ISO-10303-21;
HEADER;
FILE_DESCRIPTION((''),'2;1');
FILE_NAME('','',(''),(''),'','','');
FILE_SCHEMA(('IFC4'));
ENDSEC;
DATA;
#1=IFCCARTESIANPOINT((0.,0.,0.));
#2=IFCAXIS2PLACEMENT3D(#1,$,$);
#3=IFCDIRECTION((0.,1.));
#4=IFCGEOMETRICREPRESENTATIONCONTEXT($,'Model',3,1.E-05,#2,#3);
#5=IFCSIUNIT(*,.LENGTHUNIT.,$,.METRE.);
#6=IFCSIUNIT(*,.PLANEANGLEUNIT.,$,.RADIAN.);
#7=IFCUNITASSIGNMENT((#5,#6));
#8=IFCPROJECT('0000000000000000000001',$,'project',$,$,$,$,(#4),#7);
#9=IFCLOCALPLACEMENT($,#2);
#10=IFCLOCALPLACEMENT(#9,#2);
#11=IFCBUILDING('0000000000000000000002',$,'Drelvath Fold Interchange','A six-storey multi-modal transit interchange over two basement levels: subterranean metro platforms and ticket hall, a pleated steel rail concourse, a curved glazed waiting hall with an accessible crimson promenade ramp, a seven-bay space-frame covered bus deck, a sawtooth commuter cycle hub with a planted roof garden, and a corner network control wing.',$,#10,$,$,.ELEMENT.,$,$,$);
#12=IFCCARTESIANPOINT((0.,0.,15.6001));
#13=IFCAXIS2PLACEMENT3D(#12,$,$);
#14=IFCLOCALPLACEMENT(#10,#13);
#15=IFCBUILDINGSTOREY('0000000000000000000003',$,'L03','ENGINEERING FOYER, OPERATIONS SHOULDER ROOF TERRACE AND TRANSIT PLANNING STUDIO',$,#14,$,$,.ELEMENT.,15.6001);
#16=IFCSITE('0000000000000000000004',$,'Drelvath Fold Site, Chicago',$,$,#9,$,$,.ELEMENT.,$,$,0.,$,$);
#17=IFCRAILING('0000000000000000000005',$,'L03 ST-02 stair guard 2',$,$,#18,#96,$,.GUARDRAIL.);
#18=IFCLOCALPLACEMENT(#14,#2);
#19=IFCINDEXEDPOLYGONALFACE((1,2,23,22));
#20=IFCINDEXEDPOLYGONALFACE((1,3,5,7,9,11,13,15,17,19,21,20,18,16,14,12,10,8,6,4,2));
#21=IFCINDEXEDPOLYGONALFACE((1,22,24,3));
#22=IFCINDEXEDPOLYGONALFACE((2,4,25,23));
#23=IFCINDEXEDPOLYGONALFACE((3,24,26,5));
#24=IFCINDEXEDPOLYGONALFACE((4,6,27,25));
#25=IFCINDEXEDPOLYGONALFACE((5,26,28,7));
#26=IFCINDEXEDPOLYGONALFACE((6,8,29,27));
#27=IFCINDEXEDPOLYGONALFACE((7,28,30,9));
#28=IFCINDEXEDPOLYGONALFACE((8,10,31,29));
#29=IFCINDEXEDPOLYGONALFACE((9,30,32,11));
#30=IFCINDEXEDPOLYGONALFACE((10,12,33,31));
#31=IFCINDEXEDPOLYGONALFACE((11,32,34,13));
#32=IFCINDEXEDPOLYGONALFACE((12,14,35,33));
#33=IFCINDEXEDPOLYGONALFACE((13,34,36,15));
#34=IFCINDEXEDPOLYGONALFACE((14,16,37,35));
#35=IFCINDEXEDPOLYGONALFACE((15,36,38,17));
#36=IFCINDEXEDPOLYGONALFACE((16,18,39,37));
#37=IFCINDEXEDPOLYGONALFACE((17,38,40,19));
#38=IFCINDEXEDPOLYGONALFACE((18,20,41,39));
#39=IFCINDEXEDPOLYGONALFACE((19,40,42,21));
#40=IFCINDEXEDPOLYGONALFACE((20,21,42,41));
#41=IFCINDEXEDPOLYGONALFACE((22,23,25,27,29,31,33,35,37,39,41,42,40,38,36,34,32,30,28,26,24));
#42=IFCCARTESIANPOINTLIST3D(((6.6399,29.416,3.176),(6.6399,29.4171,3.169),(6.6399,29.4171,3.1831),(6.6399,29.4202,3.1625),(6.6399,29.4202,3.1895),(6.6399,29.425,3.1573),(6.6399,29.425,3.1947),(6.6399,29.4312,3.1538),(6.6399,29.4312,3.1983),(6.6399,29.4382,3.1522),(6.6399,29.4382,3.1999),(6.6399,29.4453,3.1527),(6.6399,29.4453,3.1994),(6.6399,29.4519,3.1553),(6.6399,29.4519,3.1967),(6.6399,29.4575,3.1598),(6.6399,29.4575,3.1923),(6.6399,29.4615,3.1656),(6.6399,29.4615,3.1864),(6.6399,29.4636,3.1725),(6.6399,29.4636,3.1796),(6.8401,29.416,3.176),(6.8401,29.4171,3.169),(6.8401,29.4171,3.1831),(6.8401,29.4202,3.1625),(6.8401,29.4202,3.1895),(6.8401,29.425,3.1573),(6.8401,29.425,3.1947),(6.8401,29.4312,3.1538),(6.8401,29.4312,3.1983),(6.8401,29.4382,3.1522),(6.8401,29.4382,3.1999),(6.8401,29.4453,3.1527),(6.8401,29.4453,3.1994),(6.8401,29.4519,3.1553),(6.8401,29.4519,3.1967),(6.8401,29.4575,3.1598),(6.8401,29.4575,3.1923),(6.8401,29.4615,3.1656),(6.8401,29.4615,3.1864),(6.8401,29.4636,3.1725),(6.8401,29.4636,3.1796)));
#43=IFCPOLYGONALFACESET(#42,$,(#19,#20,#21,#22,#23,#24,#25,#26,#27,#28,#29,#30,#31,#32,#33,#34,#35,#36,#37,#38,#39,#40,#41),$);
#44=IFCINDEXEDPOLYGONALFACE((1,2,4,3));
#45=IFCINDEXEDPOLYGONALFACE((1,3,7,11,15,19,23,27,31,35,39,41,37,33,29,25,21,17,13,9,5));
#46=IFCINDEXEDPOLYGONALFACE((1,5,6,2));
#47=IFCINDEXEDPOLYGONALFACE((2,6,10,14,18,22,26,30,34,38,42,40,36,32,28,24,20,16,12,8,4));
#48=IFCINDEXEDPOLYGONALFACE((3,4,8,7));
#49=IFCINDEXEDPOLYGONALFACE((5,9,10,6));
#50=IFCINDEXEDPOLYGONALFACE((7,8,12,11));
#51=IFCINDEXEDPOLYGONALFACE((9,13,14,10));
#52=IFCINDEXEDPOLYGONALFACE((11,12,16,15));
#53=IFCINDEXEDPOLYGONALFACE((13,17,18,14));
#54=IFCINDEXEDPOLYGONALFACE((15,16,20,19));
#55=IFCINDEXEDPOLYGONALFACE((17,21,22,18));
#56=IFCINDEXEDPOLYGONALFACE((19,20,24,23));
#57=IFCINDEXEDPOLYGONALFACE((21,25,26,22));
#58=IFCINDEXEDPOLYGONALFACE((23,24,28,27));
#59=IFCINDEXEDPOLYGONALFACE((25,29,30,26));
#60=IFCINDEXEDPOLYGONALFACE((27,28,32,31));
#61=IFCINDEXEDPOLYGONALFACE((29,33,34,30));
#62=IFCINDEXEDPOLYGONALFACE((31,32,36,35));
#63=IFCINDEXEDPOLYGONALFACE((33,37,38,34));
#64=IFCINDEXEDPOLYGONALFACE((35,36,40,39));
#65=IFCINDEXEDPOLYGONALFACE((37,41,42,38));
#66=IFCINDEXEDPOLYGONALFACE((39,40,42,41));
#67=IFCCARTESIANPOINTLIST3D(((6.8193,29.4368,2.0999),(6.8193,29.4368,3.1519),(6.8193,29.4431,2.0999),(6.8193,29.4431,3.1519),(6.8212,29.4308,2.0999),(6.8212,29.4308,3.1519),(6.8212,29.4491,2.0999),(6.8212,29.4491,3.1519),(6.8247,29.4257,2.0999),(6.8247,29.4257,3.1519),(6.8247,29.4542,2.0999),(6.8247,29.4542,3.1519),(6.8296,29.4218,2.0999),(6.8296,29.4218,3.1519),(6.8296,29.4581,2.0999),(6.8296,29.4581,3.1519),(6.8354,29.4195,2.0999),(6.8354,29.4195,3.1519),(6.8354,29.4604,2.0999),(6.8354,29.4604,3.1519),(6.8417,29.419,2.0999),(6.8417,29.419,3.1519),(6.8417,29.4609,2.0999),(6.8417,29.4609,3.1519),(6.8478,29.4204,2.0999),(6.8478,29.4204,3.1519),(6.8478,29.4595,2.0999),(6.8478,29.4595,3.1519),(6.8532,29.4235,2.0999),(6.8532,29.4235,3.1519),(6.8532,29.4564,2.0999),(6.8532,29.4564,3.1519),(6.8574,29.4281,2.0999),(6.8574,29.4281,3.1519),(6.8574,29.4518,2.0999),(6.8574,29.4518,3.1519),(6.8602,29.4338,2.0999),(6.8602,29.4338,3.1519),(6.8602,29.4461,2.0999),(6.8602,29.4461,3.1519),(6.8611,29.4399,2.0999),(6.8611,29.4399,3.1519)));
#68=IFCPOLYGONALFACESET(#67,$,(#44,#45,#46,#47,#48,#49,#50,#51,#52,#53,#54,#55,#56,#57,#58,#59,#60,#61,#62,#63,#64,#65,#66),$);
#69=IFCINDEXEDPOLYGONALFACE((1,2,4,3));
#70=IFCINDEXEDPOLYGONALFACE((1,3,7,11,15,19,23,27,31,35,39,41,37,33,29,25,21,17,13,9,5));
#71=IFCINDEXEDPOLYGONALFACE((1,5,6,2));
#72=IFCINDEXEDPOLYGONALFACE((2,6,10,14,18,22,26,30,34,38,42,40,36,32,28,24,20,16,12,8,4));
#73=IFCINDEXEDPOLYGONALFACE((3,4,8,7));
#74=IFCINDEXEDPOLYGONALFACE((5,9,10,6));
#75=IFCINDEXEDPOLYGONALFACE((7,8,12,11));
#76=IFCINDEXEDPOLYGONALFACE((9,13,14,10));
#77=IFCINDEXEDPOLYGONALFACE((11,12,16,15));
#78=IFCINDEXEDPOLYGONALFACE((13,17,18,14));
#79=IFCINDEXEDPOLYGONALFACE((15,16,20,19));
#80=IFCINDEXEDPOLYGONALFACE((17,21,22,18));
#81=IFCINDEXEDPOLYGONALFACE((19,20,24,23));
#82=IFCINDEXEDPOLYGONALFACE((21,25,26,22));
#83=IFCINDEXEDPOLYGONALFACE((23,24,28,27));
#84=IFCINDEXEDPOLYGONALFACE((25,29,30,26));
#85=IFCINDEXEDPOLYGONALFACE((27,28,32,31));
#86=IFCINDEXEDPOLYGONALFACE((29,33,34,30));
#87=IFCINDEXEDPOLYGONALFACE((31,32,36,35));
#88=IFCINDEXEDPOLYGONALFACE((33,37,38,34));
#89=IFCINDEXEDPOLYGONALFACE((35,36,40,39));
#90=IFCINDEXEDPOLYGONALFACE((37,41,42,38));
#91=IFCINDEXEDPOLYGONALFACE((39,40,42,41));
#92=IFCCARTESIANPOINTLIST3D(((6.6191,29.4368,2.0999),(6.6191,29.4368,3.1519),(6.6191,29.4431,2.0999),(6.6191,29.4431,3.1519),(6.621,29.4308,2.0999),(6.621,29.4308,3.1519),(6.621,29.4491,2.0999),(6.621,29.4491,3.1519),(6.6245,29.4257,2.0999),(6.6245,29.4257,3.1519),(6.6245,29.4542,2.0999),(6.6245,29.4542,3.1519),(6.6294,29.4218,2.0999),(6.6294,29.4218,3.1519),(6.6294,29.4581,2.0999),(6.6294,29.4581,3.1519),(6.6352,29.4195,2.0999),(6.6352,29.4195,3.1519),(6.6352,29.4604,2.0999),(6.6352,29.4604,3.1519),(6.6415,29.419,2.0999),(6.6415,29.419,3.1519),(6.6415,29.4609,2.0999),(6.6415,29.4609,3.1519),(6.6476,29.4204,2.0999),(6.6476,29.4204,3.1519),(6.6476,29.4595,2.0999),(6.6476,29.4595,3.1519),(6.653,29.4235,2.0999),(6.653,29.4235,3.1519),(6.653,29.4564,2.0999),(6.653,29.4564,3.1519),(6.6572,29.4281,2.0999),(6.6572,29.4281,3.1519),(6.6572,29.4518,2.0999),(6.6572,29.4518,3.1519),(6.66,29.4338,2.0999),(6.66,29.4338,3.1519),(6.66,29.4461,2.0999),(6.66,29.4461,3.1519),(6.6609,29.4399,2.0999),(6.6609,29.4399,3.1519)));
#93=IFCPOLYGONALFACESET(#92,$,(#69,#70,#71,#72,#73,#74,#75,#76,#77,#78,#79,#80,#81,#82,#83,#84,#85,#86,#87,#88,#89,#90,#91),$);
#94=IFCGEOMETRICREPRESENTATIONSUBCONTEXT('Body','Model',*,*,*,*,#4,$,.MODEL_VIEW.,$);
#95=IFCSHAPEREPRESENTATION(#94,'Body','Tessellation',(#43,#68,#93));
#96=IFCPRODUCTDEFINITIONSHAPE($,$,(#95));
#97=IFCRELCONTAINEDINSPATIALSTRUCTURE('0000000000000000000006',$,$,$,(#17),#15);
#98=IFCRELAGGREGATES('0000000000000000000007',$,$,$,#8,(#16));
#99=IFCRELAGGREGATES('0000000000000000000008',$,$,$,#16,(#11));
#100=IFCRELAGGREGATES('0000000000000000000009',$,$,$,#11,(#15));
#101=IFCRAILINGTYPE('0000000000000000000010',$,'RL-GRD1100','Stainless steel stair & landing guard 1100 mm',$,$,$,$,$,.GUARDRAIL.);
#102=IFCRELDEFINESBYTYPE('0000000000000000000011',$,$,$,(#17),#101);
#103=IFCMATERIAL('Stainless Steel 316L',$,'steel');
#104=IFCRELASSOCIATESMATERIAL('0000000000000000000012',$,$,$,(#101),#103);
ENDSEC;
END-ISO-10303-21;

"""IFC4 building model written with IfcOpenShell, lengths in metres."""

from ifc_helpers import new_model, si_unit, direction, frame, origin, origin_2d, place, context, subcontext, project, spatial, circle, extrude, material, type_object, element, save


model = new_model("IFC4")

# Units and contexts
model_context = context("Model", 3, precision=1e-05, world=origin(), true_north=direction((0.0, 1.0)))
body_context = subcontext(model_context, "Body", "Model", "MODEL_VIEW")
ifc_project = project(units=[si_unit("LENGTHUNIT", "METRE"), si_unit("PLANEANGLEUNIT", "RADIAN")], contexts=[model_context])

# Site, building, storey
site_placement = place(None, origin())
site = spatial("IfcSite", under=ifc_project, at=site_placement, Name="Drelvath Fold Site, Chicago", CompositionType="ELEMENT", RefElevation=0.0)
building_placement = place(site_placement, origin())
building = spatial("IfcBuilding", under=site, at=building_placement, Name="Drelvath Fold Interchange", Description="A six-storey multi-modal transit interchange over two basement levels: subterranean metro platforms and ticket hall, a pleated steel rail concourse, a curved glazed waiting hall with an accessible crimson promenade ramp, a seven-bay space-frame covered bus deck, a sawtooth commuter cycle hub with a planted roof garden, and a corner network control wing.", CompositionType="ELEMENT")
storey_placement = place(building_placement, frame((0.0, 0.0, 15.6001)))
storey = spatial("IfcBuildingStorey", under=building, at=storey_placement, Name="L03", Description="ENGINEERING FOYER, OPERATIONS SHOULDER ROOF TERRACE AND TRANSIT PLANNING STUDIO", CompositionType="ELEMENT", Elevation=15.6001)

# Railing
ifc_material_1 = material(Name="Stainless Steel 316L", Category="steel")
railing_type_1 = type_object("IfcRailingType", Name="RL-GRD1100", Description="Stainless steel stair & landing guard 1100 mm", PredefinedType="GUARDRAIL", material=ifc_material_1)
railing_1_placement = place(storey_placement, frame((6.8401, 29.4399, 2.0999)))
element("IfcRailing", 1, at=railing_1_placement, inside=storey, type_object=railing_type_1, Name="L03 ST-02 stair guard 2", PredefinedType="GUARDRAIL", context=body_context, shape_type="SweptSolid", body=[
    extrude(circle(Radius=0.0239, at=origin_2d()), frame((0.0, 0.0, 1.0762), z_axis=(-1.0, 0.0, 0.0), x_axis=(0.0, -1.0, 0.0)), (0.0, 0.0, 1.0), 0.2002),
    extrude(circle(Radius=0.021, at=origin_2d()), origin(), (0.0, 0.0, 1.0), 1.052),
    extrude(circle(Radius=0.021, at=origin_2d()), frame((-0.2002, 0.0, 0.0)), (0.0, 0.0, 1.0), 1.052),
])

save(model, "model.ifc")
